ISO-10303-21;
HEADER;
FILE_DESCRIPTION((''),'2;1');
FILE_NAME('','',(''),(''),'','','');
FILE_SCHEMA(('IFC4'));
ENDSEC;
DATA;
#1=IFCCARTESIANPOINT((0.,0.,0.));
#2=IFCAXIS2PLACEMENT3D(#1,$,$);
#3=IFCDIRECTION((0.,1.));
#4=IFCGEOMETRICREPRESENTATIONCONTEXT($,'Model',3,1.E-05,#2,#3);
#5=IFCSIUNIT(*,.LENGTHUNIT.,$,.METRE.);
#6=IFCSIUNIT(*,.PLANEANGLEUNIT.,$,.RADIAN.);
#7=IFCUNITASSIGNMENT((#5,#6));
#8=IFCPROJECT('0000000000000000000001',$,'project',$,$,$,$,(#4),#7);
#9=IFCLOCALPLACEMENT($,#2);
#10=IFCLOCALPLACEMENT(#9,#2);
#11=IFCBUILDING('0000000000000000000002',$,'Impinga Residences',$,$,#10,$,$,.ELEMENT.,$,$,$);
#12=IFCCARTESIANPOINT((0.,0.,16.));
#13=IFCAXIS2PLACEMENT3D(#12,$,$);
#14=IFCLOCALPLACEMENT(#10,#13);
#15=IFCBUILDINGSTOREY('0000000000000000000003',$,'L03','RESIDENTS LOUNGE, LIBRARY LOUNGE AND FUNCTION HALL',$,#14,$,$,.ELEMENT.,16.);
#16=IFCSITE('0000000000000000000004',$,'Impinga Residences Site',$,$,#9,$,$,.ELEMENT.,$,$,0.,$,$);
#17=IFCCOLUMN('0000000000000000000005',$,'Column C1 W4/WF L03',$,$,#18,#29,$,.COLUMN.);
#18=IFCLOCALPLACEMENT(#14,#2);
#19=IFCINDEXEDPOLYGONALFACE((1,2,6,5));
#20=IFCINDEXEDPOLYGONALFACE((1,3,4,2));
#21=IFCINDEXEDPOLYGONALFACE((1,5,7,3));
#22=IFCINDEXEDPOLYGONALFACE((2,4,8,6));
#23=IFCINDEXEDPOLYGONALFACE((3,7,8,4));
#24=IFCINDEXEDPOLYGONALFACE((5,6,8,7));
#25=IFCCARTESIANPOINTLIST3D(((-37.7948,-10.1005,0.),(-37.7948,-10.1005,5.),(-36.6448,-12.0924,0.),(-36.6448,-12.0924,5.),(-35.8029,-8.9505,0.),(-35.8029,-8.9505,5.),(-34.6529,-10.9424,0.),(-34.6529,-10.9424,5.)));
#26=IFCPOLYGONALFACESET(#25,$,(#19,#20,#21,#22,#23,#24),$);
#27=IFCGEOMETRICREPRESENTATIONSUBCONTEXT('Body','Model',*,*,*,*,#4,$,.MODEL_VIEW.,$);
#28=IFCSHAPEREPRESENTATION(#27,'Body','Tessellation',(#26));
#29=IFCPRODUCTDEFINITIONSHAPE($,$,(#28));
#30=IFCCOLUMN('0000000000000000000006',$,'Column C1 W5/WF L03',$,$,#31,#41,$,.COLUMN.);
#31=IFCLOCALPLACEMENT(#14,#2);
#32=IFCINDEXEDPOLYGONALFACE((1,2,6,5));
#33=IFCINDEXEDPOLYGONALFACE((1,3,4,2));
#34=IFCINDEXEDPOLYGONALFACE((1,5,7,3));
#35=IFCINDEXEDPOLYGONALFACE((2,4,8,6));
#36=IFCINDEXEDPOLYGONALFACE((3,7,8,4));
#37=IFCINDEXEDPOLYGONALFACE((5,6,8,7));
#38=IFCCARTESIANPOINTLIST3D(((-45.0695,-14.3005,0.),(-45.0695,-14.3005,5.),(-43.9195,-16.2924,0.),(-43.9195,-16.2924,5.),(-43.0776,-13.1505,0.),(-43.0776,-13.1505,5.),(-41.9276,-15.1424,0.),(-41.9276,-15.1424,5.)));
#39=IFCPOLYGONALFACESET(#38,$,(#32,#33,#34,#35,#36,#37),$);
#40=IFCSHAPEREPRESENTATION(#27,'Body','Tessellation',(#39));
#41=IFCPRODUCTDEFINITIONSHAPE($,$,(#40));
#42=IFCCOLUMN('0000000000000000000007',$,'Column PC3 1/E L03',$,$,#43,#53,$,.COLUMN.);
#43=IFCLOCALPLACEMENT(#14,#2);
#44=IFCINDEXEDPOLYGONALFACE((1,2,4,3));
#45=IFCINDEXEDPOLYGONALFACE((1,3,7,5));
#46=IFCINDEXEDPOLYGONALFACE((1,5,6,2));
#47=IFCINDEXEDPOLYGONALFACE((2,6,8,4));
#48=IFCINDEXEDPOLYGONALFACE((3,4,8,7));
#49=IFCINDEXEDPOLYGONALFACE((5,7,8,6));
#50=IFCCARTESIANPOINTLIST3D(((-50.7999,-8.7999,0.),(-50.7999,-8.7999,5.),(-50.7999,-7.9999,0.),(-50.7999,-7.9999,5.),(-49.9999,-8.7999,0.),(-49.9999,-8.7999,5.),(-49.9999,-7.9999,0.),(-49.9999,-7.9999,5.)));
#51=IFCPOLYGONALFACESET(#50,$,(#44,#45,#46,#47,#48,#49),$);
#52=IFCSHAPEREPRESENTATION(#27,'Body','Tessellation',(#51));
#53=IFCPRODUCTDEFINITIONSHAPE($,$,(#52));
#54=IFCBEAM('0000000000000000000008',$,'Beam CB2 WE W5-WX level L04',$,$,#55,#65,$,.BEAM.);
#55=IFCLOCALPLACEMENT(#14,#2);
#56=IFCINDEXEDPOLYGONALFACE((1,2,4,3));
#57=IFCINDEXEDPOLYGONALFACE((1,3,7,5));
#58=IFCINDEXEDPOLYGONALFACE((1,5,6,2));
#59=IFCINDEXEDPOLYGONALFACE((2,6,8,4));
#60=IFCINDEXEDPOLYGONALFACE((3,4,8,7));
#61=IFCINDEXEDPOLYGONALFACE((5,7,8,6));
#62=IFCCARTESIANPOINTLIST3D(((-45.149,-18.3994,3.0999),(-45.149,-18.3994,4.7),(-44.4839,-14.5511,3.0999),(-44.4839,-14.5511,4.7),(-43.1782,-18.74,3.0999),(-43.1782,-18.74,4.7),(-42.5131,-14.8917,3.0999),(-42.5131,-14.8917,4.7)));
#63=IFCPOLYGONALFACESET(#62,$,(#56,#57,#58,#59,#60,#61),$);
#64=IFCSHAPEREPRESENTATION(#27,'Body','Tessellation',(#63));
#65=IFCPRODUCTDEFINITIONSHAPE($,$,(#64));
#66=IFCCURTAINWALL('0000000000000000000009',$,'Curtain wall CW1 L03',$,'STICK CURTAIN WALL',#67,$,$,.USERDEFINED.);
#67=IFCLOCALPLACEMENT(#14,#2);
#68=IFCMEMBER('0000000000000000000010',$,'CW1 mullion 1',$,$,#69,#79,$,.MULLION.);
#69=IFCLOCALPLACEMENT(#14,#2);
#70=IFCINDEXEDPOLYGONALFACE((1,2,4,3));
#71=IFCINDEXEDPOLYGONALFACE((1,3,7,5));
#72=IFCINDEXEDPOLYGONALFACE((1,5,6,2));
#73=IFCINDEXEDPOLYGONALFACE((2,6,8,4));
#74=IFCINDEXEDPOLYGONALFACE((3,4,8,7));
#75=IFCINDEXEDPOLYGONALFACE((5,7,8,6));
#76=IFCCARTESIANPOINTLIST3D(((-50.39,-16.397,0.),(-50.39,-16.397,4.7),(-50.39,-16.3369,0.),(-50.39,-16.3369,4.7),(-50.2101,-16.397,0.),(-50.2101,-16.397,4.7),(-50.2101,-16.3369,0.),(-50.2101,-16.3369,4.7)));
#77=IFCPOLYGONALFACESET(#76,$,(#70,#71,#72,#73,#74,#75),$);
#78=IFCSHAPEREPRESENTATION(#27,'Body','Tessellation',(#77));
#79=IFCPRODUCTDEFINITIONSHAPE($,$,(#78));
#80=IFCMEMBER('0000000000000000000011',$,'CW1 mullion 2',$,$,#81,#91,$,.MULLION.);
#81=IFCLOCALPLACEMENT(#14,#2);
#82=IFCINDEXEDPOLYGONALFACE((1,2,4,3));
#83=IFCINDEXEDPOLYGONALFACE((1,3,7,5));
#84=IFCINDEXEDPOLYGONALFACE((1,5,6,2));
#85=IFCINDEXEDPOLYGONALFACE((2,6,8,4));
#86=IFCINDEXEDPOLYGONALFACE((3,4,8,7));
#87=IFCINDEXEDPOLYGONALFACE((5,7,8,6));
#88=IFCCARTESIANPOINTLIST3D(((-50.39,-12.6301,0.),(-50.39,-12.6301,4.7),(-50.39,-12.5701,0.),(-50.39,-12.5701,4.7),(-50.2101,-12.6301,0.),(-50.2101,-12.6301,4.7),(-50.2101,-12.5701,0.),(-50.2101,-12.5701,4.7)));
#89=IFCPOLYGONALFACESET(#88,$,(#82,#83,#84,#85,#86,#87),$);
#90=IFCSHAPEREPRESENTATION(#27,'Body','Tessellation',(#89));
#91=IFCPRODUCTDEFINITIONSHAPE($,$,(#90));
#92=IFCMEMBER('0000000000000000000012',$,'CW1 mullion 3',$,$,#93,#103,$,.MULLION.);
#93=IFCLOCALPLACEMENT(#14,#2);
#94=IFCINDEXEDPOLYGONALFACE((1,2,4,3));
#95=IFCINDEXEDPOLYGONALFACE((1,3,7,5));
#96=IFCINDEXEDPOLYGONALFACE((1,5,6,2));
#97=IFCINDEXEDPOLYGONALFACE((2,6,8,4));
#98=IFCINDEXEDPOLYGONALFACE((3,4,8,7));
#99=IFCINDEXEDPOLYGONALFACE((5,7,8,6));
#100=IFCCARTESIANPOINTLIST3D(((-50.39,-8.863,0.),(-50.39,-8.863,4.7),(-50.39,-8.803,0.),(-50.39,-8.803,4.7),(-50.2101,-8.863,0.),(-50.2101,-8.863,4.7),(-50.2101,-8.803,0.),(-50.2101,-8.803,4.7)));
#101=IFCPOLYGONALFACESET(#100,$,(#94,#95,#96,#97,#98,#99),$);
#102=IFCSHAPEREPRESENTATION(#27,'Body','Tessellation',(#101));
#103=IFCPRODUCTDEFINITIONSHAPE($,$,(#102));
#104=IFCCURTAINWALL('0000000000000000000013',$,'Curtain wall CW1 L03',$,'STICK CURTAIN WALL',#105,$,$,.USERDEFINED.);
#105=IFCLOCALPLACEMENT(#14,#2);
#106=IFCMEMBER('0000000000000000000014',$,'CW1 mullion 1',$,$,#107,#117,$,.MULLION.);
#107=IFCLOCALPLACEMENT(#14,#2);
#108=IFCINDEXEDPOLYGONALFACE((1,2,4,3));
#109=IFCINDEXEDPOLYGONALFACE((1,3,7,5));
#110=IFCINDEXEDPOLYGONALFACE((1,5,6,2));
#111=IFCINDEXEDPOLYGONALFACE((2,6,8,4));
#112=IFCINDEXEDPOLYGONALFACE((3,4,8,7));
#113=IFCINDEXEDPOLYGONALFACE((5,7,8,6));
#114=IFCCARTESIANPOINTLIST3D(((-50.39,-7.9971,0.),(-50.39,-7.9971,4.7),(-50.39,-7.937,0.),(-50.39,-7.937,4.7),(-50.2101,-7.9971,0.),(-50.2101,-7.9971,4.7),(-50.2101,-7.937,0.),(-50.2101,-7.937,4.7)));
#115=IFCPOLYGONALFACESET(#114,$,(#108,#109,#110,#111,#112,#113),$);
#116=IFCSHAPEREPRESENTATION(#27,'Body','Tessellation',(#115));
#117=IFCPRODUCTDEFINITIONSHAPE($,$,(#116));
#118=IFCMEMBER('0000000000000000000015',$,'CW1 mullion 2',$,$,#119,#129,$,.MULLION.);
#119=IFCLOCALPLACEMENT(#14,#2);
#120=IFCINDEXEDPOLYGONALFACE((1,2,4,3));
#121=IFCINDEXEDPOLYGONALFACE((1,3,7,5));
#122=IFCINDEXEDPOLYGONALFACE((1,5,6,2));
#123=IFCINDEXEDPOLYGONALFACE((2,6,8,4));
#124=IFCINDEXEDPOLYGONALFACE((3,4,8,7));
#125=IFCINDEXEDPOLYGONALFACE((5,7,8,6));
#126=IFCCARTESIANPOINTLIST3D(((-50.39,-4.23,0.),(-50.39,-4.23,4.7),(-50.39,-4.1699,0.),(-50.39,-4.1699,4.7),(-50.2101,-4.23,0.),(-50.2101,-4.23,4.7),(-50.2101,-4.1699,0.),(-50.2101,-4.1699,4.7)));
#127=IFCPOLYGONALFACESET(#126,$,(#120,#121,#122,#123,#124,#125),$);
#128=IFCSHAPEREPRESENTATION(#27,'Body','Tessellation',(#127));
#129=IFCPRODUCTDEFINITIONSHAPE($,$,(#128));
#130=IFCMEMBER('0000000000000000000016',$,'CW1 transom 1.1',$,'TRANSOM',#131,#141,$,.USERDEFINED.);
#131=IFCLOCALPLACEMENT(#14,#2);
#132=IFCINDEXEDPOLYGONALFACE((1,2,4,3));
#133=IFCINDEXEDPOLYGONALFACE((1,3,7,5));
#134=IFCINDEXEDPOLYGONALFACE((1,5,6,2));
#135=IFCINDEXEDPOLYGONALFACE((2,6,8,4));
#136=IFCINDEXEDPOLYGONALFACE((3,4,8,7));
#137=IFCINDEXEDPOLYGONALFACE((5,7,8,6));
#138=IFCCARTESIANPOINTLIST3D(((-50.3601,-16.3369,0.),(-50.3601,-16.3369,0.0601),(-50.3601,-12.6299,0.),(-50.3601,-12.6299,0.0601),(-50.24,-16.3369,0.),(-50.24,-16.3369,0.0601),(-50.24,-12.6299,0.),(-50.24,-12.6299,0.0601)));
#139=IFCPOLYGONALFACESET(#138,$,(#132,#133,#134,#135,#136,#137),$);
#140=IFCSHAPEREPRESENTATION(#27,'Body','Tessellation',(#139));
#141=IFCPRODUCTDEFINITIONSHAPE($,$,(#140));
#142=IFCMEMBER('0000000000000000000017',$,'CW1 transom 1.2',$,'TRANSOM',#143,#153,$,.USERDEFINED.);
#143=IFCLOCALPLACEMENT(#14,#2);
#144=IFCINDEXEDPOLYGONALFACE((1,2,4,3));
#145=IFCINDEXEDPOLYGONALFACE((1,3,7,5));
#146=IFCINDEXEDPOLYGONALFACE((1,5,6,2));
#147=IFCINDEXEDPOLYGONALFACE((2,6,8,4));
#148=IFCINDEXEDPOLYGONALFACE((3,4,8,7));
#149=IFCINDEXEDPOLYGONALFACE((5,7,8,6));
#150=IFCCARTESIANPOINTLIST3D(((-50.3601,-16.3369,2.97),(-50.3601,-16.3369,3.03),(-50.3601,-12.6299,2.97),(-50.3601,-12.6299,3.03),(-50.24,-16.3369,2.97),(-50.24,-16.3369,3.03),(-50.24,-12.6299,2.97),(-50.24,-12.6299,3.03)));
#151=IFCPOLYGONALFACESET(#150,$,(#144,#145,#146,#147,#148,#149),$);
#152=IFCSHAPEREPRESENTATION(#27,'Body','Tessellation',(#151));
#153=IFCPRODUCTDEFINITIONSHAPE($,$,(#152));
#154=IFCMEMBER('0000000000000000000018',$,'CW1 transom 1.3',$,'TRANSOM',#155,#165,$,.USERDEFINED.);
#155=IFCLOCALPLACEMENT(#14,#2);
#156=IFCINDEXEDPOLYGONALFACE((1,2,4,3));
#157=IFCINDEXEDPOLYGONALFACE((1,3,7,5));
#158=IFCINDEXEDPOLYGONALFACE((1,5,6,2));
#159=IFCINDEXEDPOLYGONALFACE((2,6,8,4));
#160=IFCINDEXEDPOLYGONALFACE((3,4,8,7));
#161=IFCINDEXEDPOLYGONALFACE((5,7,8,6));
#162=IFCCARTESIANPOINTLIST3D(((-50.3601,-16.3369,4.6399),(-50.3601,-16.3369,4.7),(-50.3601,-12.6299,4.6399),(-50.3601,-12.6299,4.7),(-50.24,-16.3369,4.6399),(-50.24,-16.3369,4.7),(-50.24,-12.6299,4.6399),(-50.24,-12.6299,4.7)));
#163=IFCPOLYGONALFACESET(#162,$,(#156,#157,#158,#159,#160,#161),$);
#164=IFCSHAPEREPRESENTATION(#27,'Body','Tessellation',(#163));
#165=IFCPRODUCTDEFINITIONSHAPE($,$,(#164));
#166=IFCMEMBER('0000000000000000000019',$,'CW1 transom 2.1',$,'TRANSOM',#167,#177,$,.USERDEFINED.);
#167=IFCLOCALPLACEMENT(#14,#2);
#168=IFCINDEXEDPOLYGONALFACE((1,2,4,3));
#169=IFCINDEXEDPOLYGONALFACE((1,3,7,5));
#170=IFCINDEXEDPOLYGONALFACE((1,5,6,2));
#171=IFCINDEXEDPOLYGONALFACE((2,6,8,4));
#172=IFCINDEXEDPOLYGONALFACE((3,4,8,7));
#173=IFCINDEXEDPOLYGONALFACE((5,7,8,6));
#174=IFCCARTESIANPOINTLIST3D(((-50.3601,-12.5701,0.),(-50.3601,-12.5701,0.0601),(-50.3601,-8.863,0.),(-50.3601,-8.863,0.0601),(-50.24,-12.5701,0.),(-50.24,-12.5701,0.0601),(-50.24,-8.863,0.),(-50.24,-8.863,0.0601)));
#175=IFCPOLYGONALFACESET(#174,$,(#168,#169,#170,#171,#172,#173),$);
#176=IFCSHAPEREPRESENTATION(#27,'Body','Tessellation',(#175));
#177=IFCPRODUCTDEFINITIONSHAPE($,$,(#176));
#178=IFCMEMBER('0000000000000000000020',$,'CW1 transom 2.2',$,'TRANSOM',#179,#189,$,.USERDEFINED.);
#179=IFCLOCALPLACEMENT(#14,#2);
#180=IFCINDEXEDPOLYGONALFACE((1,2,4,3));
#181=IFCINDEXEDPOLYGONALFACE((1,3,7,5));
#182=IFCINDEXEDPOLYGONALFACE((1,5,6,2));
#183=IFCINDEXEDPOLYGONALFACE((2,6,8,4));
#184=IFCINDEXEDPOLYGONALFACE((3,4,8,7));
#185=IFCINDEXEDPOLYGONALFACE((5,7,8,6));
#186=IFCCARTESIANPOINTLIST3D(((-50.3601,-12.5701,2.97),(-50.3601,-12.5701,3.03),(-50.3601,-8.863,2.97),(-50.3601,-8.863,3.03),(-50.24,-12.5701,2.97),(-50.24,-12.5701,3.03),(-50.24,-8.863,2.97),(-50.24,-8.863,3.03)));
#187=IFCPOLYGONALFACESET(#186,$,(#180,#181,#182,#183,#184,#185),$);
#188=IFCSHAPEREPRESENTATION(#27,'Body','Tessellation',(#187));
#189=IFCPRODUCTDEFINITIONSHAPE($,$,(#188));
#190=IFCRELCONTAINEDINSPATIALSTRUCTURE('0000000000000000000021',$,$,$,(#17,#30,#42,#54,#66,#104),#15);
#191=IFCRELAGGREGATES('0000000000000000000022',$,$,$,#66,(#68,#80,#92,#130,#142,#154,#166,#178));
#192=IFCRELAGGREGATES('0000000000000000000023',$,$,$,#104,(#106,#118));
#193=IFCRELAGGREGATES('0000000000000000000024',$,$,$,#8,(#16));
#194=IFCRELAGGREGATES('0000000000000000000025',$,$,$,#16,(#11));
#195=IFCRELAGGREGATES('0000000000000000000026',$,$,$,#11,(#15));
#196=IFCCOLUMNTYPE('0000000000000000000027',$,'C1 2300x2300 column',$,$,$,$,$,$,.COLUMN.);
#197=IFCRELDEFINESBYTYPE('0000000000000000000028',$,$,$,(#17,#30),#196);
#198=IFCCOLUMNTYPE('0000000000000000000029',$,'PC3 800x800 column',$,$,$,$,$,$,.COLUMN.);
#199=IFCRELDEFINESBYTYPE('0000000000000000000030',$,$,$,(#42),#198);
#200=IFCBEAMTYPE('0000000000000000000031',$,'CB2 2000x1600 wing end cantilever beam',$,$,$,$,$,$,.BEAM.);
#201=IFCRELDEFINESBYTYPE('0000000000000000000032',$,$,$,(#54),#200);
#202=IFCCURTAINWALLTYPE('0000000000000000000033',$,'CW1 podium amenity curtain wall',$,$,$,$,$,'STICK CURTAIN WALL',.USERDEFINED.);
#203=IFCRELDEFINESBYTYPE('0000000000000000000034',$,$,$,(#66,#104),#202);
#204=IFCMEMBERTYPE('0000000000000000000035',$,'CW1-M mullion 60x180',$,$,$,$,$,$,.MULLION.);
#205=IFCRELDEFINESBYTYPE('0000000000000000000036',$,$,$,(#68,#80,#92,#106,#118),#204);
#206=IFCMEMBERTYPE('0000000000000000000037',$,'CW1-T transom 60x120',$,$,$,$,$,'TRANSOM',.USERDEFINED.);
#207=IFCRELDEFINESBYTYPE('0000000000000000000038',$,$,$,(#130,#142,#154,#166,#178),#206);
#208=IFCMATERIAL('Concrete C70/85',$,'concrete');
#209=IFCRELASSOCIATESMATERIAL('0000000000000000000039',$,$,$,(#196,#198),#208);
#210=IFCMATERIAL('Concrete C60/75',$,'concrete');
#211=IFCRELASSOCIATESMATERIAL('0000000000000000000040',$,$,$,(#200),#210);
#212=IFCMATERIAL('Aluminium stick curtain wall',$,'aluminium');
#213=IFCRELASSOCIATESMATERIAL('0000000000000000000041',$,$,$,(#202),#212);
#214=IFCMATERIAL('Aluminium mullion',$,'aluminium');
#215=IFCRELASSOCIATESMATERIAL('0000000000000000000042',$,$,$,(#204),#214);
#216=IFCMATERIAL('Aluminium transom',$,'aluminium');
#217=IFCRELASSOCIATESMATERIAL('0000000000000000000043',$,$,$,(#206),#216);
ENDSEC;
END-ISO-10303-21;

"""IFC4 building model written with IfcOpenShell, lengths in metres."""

from ifc_helpers import new_model, si_unit, direction, frame, origin, origin_2d, place, context, subcontext, project, spatial, rectangle, extrude, material, material_profile, profile_set, type_object, element, aggregate, save


model = new_model("IFC4")

# Units and contexts
model_context = context("Model", 3, precision=1e-05, world=origin(), true_north=direction((0.0, 1.0)))
body_context = subcontext(model_context, "Body", "Model", "MODEL_VIEW")
ifc_project = project(units=[si_unit("LENGTHUNIT", "METRE"), si_unit("PLANEANGLEUNIT", "RADIAN")], contexts=[model_context])

# Site, building, storey
site_placement = place(None, origin())
site = spatial("IfcSite", under=ifc_project, at=site_placement, Name="Impinga Residences Site", CompositionType="ELEMENT", RefElevation=0.0)
building_placement = place(site_placement, origin())
building = spatial("IfcBuilding", under=site, at=building_placement, Name="Impinga Residences", CompositionType="ELEMENT")
storey_placement = place(building_placement, frame((0.0, 0.0, 16.0)))
storey = spatial("IfcBuildingStorey", under=building, at=storey_placement, Name="L03", Description="RESIDENTS LOUNGE, LIBRARY LOUNGE AND FUNCTION HALL", CompositionType="ELEMENT", Elevation=16.0)

# Columns
ifc_material_1 = material(Name="Concrete C70/85", Category="concrete")
ifc_material_profile_1 = material_profile(ifc_material_1, rectangle(XDim=2.3, YDim=2.3, at=origin_2d()), Name="RC 2300x2300")
ifc_profile_set_1 = profile_set([ifc_material_profile_1], Name="Concrete C70/85")
column_type_1 = type_object("IfcColumnType", Name="C1 2300x2300 column", PredefinedType="COLUMN", material=ifc_profile_set_1)
for number, where, z_axis, x_axis, name in (
    (1, (-36.2239, -10.5215, 0.0), (0.0, 0.0, 1.0), (-0.5, 0.866025, 0.0), "Column C1 W4/WF L03"),
    (2, (-43.4985, -14.7214, 0.0), (0.0, 0.0, 1.0), (-0.5, 0.866025, 0.0), "Column C1 W5/WF L03"),
):
    element("IfcColumn", number, at=place(storey_placement, frame(where, z_axis=z_axis, x_axis=x_axis)), inside=storey, type_object=column_type_1, Name=name, PredefinedType="COLUMN", context=body_context, shape_type="SweptSolid", body=[
        extrude(rectangle(XDim=2.3, YDim=2.3, at=origin_2d()), origin(), (0.0, 0.0, 1.0), 5.0),
    ])
ifc_material_profile_2 = material_profile(ifc_material_1, rectangle(XDim=0.8, YDim=0.8, at=origin_2d()), Name="RC 800x800")
ifc_profile_set_2 = profile_set([ifc_material_profile_2], Name="Concrete C70/85")
column_type_2 = type_object("IfcColumnType", Name="PC3 800x800 column", PredefinedType="COLUMN", material=ifc_profile_set_2)
column_placement = place(storey_placement, frame((-50.3999, -8.3999, 0.0), z_axis=(0.0, 0.0, 1.0), x_axis=(1.0, 0.0, 0.0)))
element("IfcColumn", 3, at=column_placement, inside=storey, type_object=column_type_2, Name="Column PC3 1/E L03", PredefinedType="COLUMN", context=body_context, shape_type="SweptSolid", body=[
    extrude(rectangle(XDim=0.8, YDim=0.8, at=origin_2d()), origin(), (0.0, 0.0, 1.0), 5.0),
])

# Beam
ifc_material_2 = material(Name="Concrete C60/75", Category="concrete")
ifc_material_profile_3 = material_profile(ifc_material_2, rectangle(XDim=2.0, YDim=1.6001, at=origin_2d()), Name="RC 2000x1600")
ifc_profile_set_3 = profile_set([ifc_material_profile_3], Name="Concrete C60/75")
beam_type_1 = type_object("IfcBeamType", Name="CB2 2000x1600 wing end cantilever beam", PredefinedType="BEAM", material=ifc_profile_set_3)
beam_1_placement = place(storey_placement, frame((-43.4985, -14.7214, 3.8999), z_axis=(-0.170296, -0.985393, 0.0), x_axis=(0.985393, -0.170296, 0.0)))
element("IfcBeam", 4, at=beam_1_placement, inside=storey, type_object=beam_type_1, Name="Beam CB2 WE W5-WX level L04", PredefinedType="BEAM", context=body_context, shape_type="SweptSolid", body=[
    extrude(rectangle(XDim=2.0, YDim=1.6001, at=origin_2d()), origin(), (0.0, 0.0, 1.0), 3.9053),
])

# Curtain walls, members
ifc_material_3 = material(Name="Aluminium stick curtain wall", Category="aluminium")
curtain_wall_type = type_object("IfcCurtainWallType", Name="CW1 podium amenity curtain wall", ElementType="STICK CURTAIN WALL", PredefinedType="USERDEFINED", material=ifc_material_3)
curtain_wall_1_placement = place(storey_placement, origin())
curtain_wall_1 = element("IfcCurtainWall", 5, at=curtain_wall_1_placement, inside=storey, type_object=curtain_wall_type, Name="Curtain wall CW1 L03", ObjectType="STICK CURTAIN WALL", PredefinedType="USERDEFINED")
ifc_material_4 = material(Name="Aluminium mullion", Category="aluminium")
ifc_material_profile_4 = material_profile(ifc_material_4, rectangle(XDim=0.0601, YDim=0.1799, at=origin_2d()), Name="60x180 mullion")
ifc_profile_set_4 = profile_set([ifc_material_profile_4], Name="Aluminium mullion")
member_type_1 = type_object("IfcMemberType", Name="CW1-M mullion 60x180", PredefinedType="MULLION", material=ifc_profile_set_4)
member_1_placement = place(storey_placement, frame((-50.3, -16.3669, 0.0), z_axis=(0.0, 0.0, 1.0), x_axis=(0.0, 1.0, 0.0)))
member_1 = element("IfcMember", 6, at=member_1_placement, type_object=member_type_1, Name="CW1 mullion 1", PredefinedType="MULLION", context=body_context, shape_type="SweptSolid", body=[
    extrude(rectangle(XDim=0.0601, YDim=0.1799, at=origin_2d()), origin(), (0.0, 0.0, 1.0), 4.7),
])
member_2_placement = place(storey_placement, frame((-50.3, -12.6001, 0.0), z_axis=(0.0, 0.0, 1.0), x_axis=(0.0, 1.0, 0.0)))
member_2 = element("IfcMember", 7, at=member_2_placement, type_object=member_type_1, Name="CW1 mullion 2", PredefinedType="MULLION", context=body_context, shape_type="SweptSolid", body=[
    extrude(rectangle(XDim=0.0601, YDim=0.1799, at=origin_2d()), origin(), (0.0, 0.0, 1.0), 4.7),
])
member_3_placement = place(storey_placement, frame((-50.3, -8.833, 0.0), z_axis=(0.0, 0.0, 1.0), x_axis=(0.0, 1.0, 0.0)))
member_3 = element("IfcMember", 8, at=member_3_placement, type_object=member_type_1, Name="CW1 mullion 3", PredefinedType="MULLION", context=body_context, shape_type="SweptSolid", body=[
    extrude(rectangle(XDim=0.0601, YDim=0.1799, at=origin_2d()), origin(), (0.0, 0.0, 1.0), 4.7),
])
curtain_wall_2_placement = place(storey_placement, origin())
curtain_wall_2 = element("IfcCurtainWall", 9, at=curtain_wall_2_placement, inside=storey, type_object=curtain_wall_type, Name="Curtain wall CW1 L03", ObjectType="STICK CURTAIN WALL", PredefinedType="USERDEFINED")
member_4_placement = place(storey_placement, frame((-50.3, -7.967, 0.0), z_axis=(0.0, 0.0, 1.0), x_axis=(0.0, 1.0, 0.0)))
member_4 = element("IfcMember", 10, at=member_4_placement, type_object=member_type_1, Name="CW1 mullion 1", PredefinedType="MULLION", context=body_context, shape_type="SweptSolid", body=[
    extrude(rectangle(XDim=0.0601, YDim=0.1799, at=origin_2d()), origin(), (0.0, 0.0, 1.0), 4.7),
])
member_5_placement = place(storey_placement, frame((-50.3, -4.2, 0.0), z_axis=(0.0, 0.0, 1.0), x_axis=(0.0, 1.0, 0.0)))
member_5 = element("IfcMember", 11, at=member_5_placement, type_object=member_type_1, Name="CW1 mullion 2", PredefinedType="MULLION", context=body_context, shape_type="SweptSolid", body=[
    extrude(rectangle(XDim=0.0601, YDim=0.1799, at=origin_2d()), origin(), (0.0, 0.0, 1.0), 4.7),
])

# Members
ifc_material_5 = material(Name="Aluminium transom", Category="aluminium")
ifc_material_profile_5 = material_profile(ifc_material_5, rectangle(XDim=0.0601, YDim=0.1201, at=origin_2d()), Name="60x120 transom")
ifc_profile_set_5 = profile_set([ifc_material_profile_5], Name="Aluminium transom")
member_type_2 = type_object("IfcMemberType", Name="CW1-T transom 60x120", ElementType="TRANSOM", PredefinedType="USERDEFINED", material=ifc_profile_set_5)
member_6_placement = place(storey_placement, frame((-50.3, -16.3369, 0.03), z_axis=(0.0, 1.0, 0.0), x_axis=(0.0, 0.0, 1.0)))
member_6 = element("IfcMember", 12, at=member_6_placement, type_object=member_type_2, Name="CW1 transom 1.1", ObjectType="TRANSOM", PredefinedType="USERDEFINED", context=body_context, shape_type="SweptSolid", body=[
    extrude(rectangle(XDim=0.0601, YDim=0.1201, at=origin_2d()), origin(), (0.0, 0.0, 1.0), 3.707),
])
member_7_placement = place(storey_placement, frame((-50.3, -16.3369, 3.0), z_axis=(0.0, 1.0, 0.0), x_axis=(0.0, 0.0, 1.0)))
member_7 = element("IfcMember", 13, at=member_7_placement, type_object=member_type_2, Name="CW1 transom 1.2", ObjectType="TRANSOM", PredefinedType="USERDEFINED", context=body_context, shape_type="SweptSolid", body=[
    extrude(rectangle(XDim=0.0601, YDim=0.1201, at=origin_2d()), origin(), (0.0, 0.0, 1.0), 3.707),
])
member_8_placement = place(storey_placement, frame((-50.3, -16.3369, 4.6699), z_axis=(0.0, 1.0, 0.0), x_axis=(0.0, 0.0, 1.0)))
member_8 = element("IfcMember", 14, at=member_8_placement, type_object=member_type_2, Name="CW1 transom 1.3", ObjectType="TRANSOM", PredefinedType="USERDEFINED", context=body_context, shape_type="SweptSolid", body=[
    extrude(rectangle(XDim=0.0601, YDim=0.1201, at=origin_2d()), origin(), (0.0, 0.0, 1.0), 3.707),
])
member_9_placement = place(storey_placement, frame((-50.3, -12.5701, 0.03), z_axis=(0.0, 1.0, 0.0), x_axis=(0.0, 0.0, 1.0)))
member_9 = element("IfcMember", 15, at=member_9_placement, type_object=member_type_2, Name="CW1 transom 2.1", ObjectType="TRANSOM", PredefinedType="USERDEFINED", context=body_context, shape_type="SweptSolid", body=[
    extrude(rectangle(XDim=0.0601, YDim=0.1201, at=origin_2d()), origin(), (0.0, 0.0, 1.0), 3.707),
])
member_10_placement = place(storey_placement, frame((-50.3, -12.5701, 3.0), z_axis=(0.0, 1.0, 0.0), x_axis=(0.0, 0.0, 1.0)))
member_10 = element("IfcMember", 16, at=member_10_placement, type_object=member_type_2, Name="CW1 transom 2.2", ObjectType="TRANSOM", PredefinedType="USERDEFINED", context=body_context, shape_type="SweptSolid", body=[
    extrude(rectangle(XDim=0.0601, YDim=0.1201, at=origin_2d()), origin(), (0.0, 0.0, 1.0), 3.707),
])

aggregate(curtain_wall_1, [member_1, member_2, member_3, member_6, member_7, member_8, member_9, member_10])
aggregate(curtain_wall_2, [member_4, member_5])

save(model, "model.ifc")
